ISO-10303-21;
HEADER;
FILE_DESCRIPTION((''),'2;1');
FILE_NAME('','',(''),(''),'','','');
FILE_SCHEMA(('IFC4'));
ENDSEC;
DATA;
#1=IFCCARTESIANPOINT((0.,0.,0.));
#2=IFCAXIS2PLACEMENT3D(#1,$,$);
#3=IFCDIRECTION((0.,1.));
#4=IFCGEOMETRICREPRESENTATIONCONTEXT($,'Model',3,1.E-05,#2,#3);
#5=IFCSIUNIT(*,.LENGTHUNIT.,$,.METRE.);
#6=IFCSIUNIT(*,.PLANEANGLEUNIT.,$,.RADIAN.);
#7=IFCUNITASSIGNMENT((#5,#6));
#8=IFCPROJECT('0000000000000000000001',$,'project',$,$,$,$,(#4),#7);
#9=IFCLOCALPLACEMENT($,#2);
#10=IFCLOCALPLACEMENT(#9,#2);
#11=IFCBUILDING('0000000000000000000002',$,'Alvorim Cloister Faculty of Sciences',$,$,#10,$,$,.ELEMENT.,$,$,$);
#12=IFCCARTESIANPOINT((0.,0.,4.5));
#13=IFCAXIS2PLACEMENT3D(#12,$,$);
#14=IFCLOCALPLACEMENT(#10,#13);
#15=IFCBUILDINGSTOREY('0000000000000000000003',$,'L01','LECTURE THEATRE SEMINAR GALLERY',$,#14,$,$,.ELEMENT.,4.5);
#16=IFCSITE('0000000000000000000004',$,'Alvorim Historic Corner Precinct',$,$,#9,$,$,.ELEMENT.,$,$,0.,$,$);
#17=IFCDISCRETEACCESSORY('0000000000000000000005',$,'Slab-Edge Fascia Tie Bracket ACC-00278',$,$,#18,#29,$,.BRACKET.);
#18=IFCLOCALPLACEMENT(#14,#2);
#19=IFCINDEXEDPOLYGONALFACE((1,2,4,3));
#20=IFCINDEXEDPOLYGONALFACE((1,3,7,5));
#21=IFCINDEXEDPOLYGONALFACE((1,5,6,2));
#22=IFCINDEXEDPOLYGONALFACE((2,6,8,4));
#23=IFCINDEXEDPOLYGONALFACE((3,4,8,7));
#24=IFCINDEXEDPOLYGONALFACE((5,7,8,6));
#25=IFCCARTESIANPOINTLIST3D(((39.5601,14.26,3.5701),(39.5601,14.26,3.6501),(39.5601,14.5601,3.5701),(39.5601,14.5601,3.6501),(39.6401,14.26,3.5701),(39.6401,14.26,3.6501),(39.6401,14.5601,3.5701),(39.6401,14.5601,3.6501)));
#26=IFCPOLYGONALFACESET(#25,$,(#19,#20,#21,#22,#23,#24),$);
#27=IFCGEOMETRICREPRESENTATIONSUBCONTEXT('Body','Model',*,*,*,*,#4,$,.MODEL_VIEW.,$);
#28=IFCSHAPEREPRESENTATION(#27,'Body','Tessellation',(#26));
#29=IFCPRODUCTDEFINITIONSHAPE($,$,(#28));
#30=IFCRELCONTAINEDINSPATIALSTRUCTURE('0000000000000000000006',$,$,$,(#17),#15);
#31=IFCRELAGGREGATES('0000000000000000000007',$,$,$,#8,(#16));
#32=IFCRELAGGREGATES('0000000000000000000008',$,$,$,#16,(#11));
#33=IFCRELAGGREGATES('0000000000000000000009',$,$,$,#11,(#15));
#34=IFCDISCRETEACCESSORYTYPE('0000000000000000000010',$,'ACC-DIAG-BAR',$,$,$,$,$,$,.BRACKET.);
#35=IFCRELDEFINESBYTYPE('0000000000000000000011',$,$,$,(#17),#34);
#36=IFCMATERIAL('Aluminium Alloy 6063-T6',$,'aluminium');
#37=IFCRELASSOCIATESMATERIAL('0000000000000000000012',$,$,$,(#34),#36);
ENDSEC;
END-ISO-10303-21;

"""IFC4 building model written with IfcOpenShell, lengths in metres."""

from ifc_helpers import new_model, si_unit, direction, frame, origin, origin_2d, place, context, subcontext, project, spatial, rectangle, extrude, material, type_object, element, save


model = new_model("IFC4")

# Units and contexts
model_context = context("Model", 3, precision=1e-05, world=origin(), true_north=direction((0.0, 1.0)))
body_context = subcontext(model_context, "Body", "Model", "MODEL_VIEW")
ifc_project = project(units=[si_unit("LENGTHUNIT", "METRE"), si_unit("PLANEANGLEUNIT", "RADIAN")], contexts=[model_context])

# Site, building, storey
site_placement = place(None, origin())
site = spatial("IfcSite", under=ifc_project, at=site_placement, Name="Alvorim Historic Corner Precinct", CompositionType="ELEMENT", RefElevation=0.0)
building_placement = place(site_placement, origin())
building = spatial("IfcBuilding", under=site, at=building_placement, Name="Alvorim Cloister Faculty of Sciences", CompositionType="ELEMENT")
storey_placement = place(building_placement, frame((0.0, 0.0, 4.5)))
storey = spatial("IfcBuildingStorey", under=building, at=storey_placement, Name="L01", Description="LECTURE THEATRE SEMINAR GALLERY", CompositionType="ELEMENT", Elevation=4.5)

# Shared definitions
ifc_material_1 = material(Name="Aluminium Alloy 6063-T6", Category="aluminium")

# Discrete accessory
discrete_accessory_type = type_object("IfcDiscreteAccessoryType", Name="ACC-DIAG-BAR", PredefinedType="BRACKET", material=ifc_material_1)
discrete_accessory_placement = place(storey_placement, frame((39.6001, 14.26, 3.6101), z_axis=(0.0, 1.0, 0.0), x_axis=(-1.0, 0.0, 0.0)))
element("IfcDiscreteAccessory", 1, at=discrete_accessory_placement, inside=storey, type_object=discrete_accessory_type, Name="Slab-Edge Fascia Tie Bracket ACC-00278", PredefinedType="BRACKET", context=body_context, shape_type="SweptSolid", body=[
    extrude(rectangle(XDim=0.0801, YDim=0.0801, at=origin_2d()), origin(), (0.0, 0.0, 1.0), 0.3),
])

save(model, "model.ifc")
